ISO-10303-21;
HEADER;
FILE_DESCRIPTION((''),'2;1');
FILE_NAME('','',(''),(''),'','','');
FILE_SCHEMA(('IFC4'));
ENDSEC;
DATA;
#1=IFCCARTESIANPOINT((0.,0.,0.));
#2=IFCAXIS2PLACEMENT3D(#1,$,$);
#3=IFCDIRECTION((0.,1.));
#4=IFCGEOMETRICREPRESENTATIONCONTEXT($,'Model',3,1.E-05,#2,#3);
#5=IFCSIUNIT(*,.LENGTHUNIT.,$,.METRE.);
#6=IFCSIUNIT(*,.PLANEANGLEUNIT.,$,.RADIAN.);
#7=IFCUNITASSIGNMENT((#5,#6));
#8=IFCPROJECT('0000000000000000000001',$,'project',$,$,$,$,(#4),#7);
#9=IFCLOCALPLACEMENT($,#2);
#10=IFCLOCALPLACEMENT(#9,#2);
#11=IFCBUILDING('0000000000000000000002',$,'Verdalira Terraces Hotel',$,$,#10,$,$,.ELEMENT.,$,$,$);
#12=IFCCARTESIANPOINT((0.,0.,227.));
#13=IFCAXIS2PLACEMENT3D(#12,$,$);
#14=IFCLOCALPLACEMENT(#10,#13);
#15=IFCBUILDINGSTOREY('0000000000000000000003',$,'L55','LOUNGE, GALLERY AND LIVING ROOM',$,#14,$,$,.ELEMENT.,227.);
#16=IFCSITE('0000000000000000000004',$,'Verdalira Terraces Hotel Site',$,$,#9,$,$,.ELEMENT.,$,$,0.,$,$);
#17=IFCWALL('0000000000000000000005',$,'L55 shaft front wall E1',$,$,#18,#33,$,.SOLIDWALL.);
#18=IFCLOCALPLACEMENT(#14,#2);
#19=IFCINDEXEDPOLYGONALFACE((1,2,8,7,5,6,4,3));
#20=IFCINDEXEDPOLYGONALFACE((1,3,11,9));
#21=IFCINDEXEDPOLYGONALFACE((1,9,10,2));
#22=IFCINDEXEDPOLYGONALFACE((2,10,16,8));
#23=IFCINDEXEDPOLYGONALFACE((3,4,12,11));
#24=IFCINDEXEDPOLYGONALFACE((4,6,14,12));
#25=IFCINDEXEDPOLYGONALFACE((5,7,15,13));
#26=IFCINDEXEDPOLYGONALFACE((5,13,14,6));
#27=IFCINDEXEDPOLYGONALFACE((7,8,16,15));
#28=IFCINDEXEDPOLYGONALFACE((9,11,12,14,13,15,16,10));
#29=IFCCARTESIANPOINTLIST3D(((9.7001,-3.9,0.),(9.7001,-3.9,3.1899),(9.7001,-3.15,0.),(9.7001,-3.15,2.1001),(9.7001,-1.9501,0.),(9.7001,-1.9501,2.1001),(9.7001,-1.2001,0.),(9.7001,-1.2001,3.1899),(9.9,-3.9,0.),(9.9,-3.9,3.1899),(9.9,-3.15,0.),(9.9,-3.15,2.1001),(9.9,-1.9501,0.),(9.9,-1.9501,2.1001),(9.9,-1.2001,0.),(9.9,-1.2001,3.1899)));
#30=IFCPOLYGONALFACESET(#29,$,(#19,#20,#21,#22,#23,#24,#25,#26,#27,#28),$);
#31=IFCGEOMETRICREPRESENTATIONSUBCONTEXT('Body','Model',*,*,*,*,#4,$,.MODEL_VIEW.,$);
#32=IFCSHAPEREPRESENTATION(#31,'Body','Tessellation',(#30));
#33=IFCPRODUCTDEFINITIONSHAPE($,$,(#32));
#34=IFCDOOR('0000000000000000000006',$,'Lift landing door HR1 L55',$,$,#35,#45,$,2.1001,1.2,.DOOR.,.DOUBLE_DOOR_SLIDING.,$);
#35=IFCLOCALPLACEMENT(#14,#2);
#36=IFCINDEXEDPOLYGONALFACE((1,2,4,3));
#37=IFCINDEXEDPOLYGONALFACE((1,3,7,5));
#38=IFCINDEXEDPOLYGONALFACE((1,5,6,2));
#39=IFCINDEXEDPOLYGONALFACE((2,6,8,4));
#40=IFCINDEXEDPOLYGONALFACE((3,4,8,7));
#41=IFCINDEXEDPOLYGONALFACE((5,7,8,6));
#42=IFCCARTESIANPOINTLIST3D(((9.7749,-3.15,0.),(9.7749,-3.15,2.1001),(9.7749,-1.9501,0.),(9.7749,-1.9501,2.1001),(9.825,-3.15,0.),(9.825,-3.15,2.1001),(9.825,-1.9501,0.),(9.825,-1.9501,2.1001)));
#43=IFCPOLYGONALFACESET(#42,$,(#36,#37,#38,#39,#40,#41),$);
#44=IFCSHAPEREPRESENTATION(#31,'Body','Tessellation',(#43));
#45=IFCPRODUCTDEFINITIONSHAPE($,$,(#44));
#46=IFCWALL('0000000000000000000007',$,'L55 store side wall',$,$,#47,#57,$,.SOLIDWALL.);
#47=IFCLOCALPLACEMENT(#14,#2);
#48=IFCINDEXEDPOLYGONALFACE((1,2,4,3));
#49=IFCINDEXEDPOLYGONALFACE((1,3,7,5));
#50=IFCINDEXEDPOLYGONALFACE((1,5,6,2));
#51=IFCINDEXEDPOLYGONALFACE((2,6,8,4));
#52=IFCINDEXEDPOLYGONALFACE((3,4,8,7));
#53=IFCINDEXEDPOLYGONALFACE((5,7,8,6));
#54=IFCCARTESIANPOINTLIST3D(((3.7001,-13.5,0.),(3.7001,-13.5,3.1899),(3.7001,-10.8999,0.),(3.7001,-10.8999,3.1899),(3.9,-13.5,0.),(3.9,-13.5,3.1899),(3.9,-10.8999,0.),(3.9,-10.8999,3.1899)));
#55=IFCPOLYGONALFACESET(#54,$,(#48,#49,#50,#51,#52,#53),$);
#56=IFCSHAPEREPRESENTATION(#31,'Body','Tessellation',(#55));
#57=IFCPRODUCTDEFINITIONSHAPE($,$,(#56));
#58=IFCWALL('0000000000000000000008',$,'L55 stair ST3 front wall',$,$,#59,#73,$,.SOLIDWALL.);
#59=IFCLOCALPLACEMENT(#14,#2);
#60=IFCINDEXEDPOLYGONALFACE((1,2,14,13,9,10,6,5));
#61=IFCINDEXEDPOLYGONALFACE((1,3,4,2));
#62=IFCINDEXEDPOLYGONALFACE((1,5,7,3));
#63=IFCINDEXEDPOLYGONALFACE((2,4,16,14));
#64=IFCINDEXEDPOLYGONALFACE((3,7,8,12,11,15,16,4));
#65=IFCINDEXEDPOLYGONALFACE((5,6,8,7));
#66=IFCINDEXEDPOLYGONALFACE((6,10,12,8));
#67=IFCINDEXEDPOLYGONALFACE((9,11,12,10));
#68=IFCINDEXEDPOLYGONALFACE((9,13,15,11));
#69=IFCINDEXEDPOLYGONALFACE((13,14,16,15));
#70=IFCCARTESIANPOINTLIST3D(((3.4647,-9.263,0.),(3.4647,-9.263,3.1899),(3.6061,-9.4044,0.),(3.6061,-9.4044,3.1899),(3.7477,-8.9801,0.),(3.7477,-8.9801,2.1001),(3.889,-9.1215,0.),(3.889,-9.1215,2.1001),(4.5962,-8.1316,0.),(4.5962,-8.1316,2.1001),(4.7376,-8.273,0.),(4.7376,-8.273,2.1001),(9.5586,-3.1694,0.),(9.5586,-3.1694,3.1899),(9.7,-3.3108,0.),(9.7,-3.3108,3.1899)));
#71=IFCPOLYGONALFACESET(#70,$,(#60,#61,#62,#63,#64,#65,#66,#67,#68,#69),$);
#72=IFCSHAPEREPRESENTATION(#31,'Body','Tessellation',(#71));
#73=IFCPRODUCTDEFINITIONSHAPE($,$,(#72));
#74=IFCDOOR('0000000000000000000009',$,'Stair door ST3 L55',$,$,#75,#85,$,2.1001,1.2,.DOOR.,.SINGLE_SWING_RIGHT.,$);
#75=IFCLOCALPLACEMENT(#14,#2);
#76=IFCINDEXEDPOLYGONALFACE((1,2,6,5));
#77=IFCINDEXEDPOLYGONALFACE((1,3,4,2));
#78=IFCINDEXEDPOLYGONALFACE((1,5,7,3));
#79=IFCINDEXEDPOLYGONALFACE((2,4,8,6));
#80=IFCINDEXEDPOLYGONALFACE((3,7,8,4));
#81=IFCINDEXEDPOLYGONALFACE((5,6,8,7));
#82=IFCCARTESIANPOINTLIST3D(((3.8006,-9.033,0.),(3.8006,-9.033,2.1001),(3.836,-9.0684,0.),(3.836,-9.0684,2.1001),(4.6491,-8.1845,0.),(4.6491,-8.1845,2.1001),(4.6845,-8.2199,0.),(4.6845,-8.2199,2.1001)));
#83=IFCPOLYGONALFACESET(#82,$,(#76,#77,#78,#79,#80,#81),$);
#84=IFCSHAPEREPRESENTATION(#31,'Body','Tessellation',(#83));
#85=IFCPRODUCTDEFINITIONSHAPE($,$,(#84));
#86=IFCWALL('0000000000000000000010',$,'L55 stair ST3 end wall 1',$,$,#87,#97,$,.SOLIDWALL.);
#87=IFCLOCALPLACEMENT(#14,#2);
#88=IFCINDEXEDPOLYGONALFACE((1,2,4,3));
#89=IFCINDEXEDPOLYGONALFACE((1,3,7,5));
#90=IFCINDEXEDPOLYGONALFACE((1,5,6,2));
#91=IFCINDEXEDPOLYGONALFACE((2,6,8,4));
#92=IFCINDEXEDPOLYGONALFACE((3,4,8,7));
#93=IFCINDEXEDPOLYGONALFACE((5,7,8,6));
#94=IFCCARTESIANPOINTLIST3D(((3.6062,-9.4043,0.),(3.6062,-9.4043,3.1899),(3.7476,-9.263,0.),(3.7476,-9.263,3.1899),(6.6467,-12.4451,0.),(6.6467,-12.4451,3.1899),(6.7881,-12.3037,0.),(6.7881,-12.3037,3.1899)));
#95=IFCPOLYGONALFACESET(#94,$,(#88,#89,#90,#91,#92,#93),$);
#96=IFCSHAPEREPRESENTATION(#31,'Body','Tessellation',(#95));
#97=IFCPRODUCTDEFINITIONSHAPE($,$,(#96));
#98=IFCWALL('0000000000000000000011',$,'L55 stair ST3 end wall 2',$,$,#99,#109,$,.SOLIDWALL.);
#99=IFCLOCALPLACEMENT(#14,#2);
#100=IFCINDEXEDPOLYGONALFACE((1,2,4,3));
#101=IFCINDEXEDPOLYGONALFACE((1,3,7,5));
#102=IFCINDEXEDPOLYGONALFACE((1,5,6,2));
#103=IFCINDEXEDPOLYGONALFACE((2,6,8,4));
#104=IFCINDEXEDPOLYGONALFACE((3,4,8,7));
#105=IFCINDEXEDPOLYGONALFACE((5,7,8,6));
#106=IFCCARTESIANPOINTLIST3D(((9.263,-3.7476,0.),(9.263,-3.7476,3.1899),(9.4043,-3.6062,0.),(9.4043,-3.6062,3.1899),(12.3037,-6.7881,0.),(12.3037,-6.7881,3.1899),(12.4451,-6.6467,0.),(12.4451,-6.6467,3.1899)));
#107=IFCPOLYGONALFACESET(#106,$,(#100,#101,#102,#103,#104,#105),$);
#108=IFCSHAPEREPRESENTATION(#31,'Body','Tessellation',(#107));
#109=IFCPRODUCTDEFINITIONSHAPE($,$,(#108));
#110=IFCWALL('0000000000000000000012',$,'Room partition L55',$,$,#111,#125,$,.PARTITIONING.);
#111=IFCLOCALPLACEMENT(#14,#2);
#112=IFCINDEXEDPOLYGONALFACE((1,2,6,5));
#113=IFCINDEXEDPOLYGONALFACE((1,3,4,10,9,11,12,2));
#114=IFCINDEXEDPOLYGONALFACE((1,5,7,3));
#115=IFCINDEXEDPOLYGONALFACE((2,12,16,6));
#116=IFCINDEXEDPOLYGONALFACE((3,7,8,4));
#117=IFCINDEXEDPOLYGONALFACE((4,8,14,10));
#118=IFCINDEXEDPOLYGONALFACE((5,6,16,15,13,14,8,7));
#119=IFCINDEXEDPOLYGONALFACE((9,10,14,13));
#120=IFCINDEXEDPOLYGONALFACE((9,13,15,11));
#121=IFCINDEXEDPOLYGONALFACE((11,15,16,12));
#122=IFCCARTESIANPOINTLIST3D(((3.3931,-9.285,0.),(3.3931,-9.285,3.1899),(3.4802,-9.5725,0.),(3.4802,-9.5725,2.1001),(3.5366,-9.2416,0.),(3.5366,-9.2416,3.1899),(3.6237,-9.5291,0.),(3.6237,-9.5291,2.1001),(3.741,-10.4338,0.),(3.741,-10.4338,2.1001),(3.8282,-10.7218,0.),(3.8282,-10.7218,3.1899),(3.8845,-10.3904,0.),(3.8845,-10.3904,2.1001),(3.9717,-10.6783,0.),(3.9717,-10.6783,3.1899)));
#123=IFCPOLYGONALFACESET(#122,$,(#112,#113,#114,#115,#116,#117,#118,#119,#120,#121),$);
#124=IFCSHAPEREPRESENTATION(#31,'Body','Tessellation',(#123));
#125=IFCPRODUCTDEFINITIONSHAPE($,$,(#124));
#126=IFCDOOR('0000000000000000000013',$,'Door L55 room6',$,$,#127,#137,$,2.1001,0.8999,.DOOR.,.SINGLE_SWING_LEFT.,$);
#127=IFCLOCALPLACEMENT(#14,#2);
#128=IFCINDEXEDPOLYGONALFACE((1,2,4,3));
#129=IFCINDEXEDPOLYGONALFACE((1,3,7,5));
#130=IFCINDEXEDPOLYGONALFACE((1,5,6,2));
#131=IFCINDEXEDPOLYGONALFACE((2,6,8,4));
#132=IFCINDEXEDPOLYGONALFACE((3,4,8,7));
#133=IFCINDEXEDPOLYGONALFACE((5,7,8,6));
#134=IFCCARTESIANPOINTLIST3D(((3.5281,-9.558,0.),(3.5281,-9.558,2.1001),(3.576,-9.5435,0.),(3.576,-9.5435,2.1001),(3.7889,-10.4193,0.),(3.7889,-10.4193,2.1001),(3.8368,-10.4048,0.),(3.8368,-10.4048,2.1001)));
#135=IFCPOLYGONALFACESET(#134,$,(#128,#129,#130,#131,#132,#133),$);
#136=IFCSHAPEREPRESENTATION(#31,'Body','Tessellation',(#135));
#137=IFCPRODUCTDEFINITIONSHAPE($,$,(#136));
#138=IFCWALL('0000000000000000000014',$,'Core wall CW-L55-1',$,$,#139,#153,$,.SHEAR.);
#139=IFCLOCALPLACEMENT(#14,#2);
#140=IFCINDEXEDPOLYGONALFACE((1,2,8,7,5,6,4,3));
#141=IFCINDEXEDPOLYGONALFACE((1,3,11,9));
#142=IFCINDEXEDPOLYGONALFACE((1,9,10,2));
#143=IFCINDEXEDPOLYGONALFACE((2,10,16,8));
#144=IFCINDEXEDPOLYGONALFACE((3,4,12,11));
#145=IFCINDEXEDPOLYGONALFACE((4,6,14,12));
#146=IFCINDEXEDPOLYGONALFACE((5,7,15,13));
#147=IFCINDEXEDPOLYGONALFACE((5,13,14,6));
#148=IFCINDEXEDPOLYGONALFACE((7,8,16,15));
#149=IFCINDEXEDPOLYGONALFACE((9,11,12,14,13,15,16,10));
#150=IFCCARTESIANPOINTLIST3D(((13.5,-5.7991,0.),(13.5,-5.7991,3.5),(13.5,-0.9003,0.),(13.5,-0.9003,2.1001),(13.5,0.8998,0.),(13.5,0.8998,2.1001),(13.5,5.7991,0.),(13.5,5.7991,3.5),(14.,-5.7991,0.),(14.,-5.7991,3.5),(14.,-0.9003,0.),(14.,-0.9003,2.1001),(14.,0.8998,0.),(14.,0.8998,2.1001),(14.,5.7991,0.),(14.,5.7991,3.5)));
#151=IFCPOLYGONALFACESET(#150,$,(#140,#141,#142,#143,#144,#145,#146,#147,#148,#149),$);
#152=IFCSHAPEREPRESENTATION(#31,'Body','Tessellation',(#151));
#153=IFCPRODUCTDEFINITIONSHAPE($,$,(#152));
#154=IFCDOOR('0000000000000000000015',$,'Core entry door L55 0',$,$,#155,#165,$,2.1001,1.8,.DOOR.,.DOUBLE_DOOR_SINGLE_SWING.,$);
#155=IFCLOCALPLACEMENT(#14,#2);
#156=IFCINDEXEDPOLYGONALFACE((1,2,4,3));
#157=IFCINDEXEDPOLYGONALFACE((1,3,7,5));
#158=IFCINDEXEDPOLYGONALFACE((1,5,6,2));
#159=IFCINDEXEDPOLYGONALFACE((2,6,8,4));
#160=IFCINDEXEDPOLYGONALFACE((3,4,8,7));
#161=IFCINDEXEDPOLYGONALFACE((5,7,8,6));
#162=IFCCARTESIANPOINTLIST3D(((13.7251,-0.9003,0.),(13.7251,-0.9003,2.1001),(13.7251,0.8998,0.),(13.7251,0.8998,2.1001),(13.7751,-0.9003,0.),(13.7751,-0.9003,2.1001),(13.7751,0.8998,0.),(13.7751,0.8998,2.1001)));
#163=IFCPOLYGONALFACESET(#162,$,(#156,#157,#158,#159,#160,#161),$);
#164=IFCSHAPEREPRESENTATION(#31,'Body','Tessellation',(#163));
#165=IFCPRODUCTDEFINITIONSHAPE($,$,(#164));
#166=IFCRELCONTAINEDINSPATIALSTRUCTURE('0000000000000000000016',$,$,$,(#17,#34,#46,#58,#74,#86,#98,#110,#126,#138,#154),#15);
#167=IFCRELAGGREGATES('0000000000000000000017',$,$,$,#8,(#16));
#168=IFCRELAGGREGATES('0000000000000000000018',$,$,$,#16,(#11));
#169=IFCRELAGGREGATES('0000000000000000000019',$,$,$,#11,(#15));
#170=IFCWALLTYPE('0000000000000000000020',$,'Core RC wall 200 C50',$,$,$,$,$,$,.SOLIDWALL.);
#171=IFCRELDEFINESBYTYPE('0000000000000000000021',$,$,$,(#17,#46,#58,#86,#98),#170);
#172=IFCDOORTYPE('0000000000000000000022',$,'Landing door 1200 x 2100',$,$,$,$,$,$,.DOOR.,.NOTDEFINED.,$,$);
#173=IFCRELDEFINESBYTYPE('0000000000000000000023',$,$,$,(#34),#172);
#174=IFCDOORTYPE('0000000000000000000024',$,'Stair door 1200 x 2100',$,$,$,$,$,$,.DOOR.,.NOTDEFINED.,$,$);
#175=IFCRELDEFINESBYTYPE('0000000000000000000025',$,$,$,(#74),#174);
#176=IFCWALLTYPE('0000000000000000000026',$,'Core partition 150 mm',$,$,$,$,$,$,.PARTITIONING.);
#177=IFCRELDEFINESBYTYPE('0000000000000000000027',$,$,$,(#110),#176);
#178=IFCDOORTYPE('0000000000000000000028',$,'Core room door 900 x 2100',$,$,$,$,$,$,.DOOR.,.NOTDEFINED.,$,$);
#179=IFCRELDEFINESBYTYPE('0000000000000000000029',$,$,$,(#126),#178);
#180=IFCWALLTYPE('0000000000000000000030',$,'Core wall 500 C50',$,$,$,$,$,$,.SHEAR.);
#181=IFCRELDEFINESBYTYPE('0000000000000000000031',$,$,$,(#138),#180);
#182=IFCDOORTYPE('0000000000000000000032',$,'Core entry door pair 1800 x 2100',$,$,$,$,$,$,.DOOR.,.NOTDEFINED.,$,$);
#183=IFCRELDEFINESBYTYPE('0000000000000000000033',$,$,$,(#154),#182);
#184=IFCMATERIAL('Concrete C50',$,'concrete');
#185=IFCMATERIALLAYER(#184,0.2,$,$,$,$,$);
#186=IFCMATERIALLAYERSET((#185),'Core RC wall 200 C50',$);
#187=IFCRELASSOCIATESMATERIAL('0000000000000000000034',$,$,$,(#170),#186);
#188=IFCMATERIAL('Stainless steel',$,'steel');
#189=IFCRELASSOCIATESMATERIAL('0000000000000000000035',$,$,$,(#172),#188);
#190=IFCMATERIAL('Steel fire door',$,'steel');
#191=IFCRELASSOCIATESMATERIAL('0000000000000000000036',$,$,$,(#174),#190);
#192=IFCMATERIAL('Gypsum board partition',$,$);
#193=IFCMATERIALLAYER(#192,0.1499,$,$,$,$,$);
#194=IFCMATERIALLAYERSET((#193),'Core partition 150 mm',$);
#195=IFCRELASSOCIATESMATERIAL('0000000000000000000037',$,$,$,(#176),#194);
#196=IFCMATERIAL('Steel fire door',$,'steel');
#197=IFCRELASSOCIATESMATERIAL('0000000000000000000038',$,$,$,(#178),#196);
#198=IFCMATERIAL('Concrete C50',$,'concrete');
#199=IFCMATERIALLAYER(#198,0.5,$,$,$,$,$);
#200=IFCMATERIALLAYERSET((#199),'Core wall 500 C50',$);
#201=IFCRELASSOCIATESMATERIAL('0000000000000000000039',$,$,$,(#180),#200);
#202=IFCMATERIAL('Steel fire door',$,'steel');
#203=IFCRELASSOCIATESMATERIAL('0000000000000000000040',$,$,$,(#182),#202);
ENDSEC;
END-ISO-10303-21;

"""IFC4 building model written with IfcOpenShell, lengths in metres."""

from ifc_helpers import new_model, si_unit, direction, frame, frame_2d, origin, place, context, subcontext, project, spatial, rectangle, extrude, material, layer, layer_set, type_object, element, fill, save


model = new_model("IFC4")

# Units and contexts
model_context = context("Model", 3, precision=1e-05, world=origin(), true_north=direction((0.0, 1.0)))
body_context = subcontext(model_context, "Body", "Model", "MODEL_VIEW")
ifc_project = project(units=[si_unit("LENGTHUNIT", "METRE"), si_unit("PLANEANGLEUNIT", "RADIAN")], contexts=[model_context])

# Site, building, storey
site_placement = place(None, origin())
site = spatial("IfcSite", under=ifc_project, at=site_placement, Name="Verdalira Terraces Hotel Site", CompositionType="ELEMENT", RefElevation=0.0)
building_placement = place(site_placement, origin())
building = spatial("IfcBuilding", under=site, at=building_placement, Name="Verdalira Terraces Hotel", CompositionType="ELEMENT")
storey_placement = place(building_placement, frame((0.0, 0.0, 227.0)))
storey = spatial("IfcBuildingStorey", under=building, at=storey_placement, Name="L55", Description="LOUNGE, GALLERY AND LIVING ROOM", CompositionType="ELEMENT", Elevation=227.0)

# Wall, opening, door
ifc_material_1 = material(Name="Concrete C50", Category="concrete")
ifc_layer_1 = layer(ifc_material_1, 0.2)
ifc_layer_set_1 = layer_set([ifc_layer_1], Name="Core RC wall 200 C50")
wall_type_1 = type_object("IfcWallType", Name="Core RC wall 200 C50", PredefinedType="SOLIDWALL", material=ifc_layer_set_1)
wall_1_placement = place(storey_placement, frame((9.8, -1.2, 0.0), z_axis=(0.0, 0.0, 1.0), x_axis=(0.0, -1.0, 0.0)))
wall_1 = element("IfcWall", 1, at=wall_1_placement, inside=storey, type_object=wall_type_1, Name="L55 shaft front wall E1", PredefinedType="SOLIDWALL", context=body_context, shape_type="SweptSolid", body=[
    extrude(rectangle(XDim=2.7, YDim=0.2, at=frame_2d((1.3501, 0.0))), origin(), (0.0, 0.0, 1.0), 3.1899),
])
opening_1_placement = place(wall_1_placement, frame((0.75, 0.0, 0.0)))
opening_1 = element("IfcOpeningElement", 2, at=opening_1_placement, cuts=wall_1, PredefinedType="OPENING", context=body_context, shape_type="SweptSolid", body=[
    extrude(rectangle(XDim=1.2, YDim=2.1001, at=frame_2d((0.6001, 1.05))), frame((0.0, 0.1099, 0.0), z_axis=(0.0, -1.0, 0.0), x_axis=(1.0, 0.0, 0.0)), (0.0, 0.0, 1.0), 0.22),
])
ifc_material_2 = material(Name="Stainless steel", Category="steel")
door_type_1 = type_object("IfcDoorType", Name="Landing door 1200 x 2100", OperationType="NOTDEFINED", PredefinedType="DOOR", material=ifc_material_2)
door_1_placement = place(opening_1_placement, origin())
door_1 = element("IfcDoor", 3, at=door_1_placement, inside=storey, type_object=door_type_1, Name="Lift landing door HR1 L55", OperationType="DOUBLE_DOOR_SLIDING", OverallHeight=2.1001, OverallWidth=1.2, PredefinedType="DOOR", context=body_context, shape_type="SweptSolid", body=[
    extrude(rectangle(XDim=1.2, YDim=2.1001, at=frame_2d((0.6001, 1.05))), frame((0.0, 0.0249, 0.0), z_axis=(0.0, -1.0, 0.0), x_axis=(1.0, 0.0, 0.0)), (0.0, 0.0, 1.0), 0.05),
])
fill(opening_1, door_1)

# Wall
wall_2_placement = place(storey_placement, frame((3.8, -10.8999, 0.0), z_axis=(0.0, 0.0, 1.0), x_axis=(0.0, -1.0, 0.0)))
element("IfcWall", 4, at=wall_2_placement, inside=storey, type_object=wall_type_1, Name="L55 store side wall", PredefinedType="SOLIDWALL", context=body_context, shape_type="SweptSolid", body=[
    extrude(rectangle(XDim=2.6001, YDim=0.2, at=frame_2d((1.3, 0.0))), origin(), (0.0, 0.0, 1.0), 3.1899),
])

# Wall, opening, door
wall_3_placement = place(storey_placement, frame((9.6294, -3.24, 0.0), z_axis=(0.0, 0.0, 1.0), x_axis=(-0.707121, -0.707093, 0.0)))
wall_3 = element("IfcWall", 5, at=wall_3_placement, inside=storey, type_object=wall_type_1, Name="L55 stair ST3 front wall", PredefinedType="SOLIDWALL", context=body_context, shape_type="SweptSolid", body=[
    extrude(rectangle(XDim=8.6179, YDim=0.2, at=frame_2d((4.3091, 0.0))), origin(), (0.0, 0.0, 1.0), 3.1899),
])
opening_2_placement = place(wall_3_placement, frame((7.0178, 0.0, 0.0)))
opening_2 = element("IfcOpeningElement", 6, at=opening_2_placement, cuts=wall_3, PredefinedType="OPENING", context=body_context, shape_type="SweptSolid", body=[
    extrude(rectangle(XDim=1.2, YDim=2.1001, at=frame_2d((0.6001, 1.05))), frame((0.0, 0.1099, 0.0), z_axis=(0.0, -1.0, 0.0), x_axis=(1.0, 0.0, 0.0)), (0.0, 0.0, 1.0), 0.22),
])
ifc_material_3 = material(Name="Steel fire door", Category="steel")
door_type_2 = type_object("IfcDoorType", Name="Stair door 1200 x 2100", OperationType="NOTDEFINED", PredefinedType="DOOR", material=ifc_material_3)
door_2_placement = place(opening_2_placement, origin())
door_2 = element("IfcDoor", 7, at=door_2_placement, inside=storey, type_object=door_type_2, Name="Stair door ST3 L55", OperationType="SINGLE_SWING_RIGHT", OverallHeight=2.1001, OverallWidth=1.2, PredefinedType="DOOR", context=body_context, shape_type="SweptSolid", body=[
    extrude(rectangle(XDim=1.2, YDim=2.1001, at=frame_2d((0.6001, 1.05))), frame((0.0, 0.0249, 0.0), z_axis=(0.0, -1.0, 0.0), x_axis=(1.0, 0.0, 0.0)), (0.0, 0.0, 1.0), 0.05),
])
fill(opening_2, door_2)

# Walls
for number, where, z_axis, x_axis, name in (
    (8, (3.677, -9.3337, 0.0), (0.0, 0.0, 1.0), (0.707078, -0.707135, 0.0), "L55 stair ST3 end wall 1"),
    (9, (9.3337, -3.677, 0.0), (0.0, 0.0, 1.0), (0.707135, -0.707078, 0.0), "L55 stair ST3 end wall 2"),
):
    element("IfcWall", number, at=place(storey_placement, frame(where, z_axis=z_axis, x_axis=x_axis)), inside=storey, type_object=wall_type_1, Name=name, PredefinedType="SOLIDWALL", context=body_context, shape_type="SweptSolid", body=[
        extrude(rectangle(XDim=4.3, YDim=0.2, at=frame_2d((2.1499, 0.0))), origin(), (0.0, 0.0, 1.0), 3.1899),
    ])

# Walls, openings, doors
ifc_material_4 = material(Name="Gypsum board partition")
ifc_layer_2 = layer(ifc_material_4, 0.1499)
ifc_layer_set_2 = layer_set([ifc_layer_2], Name="Core partition 150 mm")
wall_type_2 = type_object("IfcWallType", Name="Core partition 150 mm", PredefinedType="PARTITIONING", material=ifc_layer_set_2)
wall_4_placement = place(storey_placement, frame((3.8999, -10.7, 0.0), z_axis=(0.0, 0.0, 1.0), x_axis=(-0.289809, 0.957085, 0.0)))
wall_4 = element("IfcWall", 10, at=wall_4_placement, inside=storey, type_object=wall_type_2, Name="Room partition L55", PredefinedType="PARTITIONING", context=body_context, shape_type="SweptSolid", body=[
    extrude(rectangle(XDim=1.5012, YDim=0.1499, at=frame_2d((0.7505, 0.0))), origin(), (0.0, 0.0, 1.0), 3.1899),
])
opening_3_placement = place(wall_4_placement, frame((0.3008, 0.0, 0.0)))
opening_3 = element("IfcOpeningElement", 11, at=opening_3_placement, cuts=wall_4, PredefinedType="OPENING", context=body_context, shape_type="SweptSolid", body=[
    extrude(rectangle(XDim=0.8999, YDim=2.1001, at=frame_2d((0.45, 1.05))), frame((0.0, 0.085, 0.0), z_axis=(0.0, -1.0, 0.0), x_axis=(1.0, 0.0, 0.0)), (0.0, 0.0, 1.0), 0.1699),
])
ifc_material_5 = material(Name="Steel fire door", Category="steel")
door_type_3 = type_object("IfcDoorType", Name="Core room door 900 x 2100", OperationType="NOTDEFINED", PredefinedType="DOOR", material=ifc_material_5)
door_3_placement = place(opening_3_placement, origin())
door_3 = element("IfcDoor", 12, at=door_3_placement, inside=storey, type_object=door_type_3, Name="Door L55 room6", OperationType="SINGLE_SWING_LEFT", OverallHeight=2.1001, OverallWidth=0.8999, PredefinedType="DOOR", context=body_context, shape_type="SweptSolid", body=[
    extrude(rectangle(XDim=0.8999, YDim=2.1001, at=frame_2d((0.45, 1.05))), frame((0.0, 0.0249, 0.0), z_axis=(0.0, -1.0, 0.0), x_axis=(1.0, 0.0, 0.0)), (0.0, 0.0, 1.0), 0.05),
])
fill(opening_3, door_3)
ifc_material_6 = material(Name="Concrete C50", Category="concrete")
ifc_layer_3 = layer(ifc_material_6, 0.5)
ifc_layer_set_3 = layer_set([ifc_layer_3], Name="Core wall 500 C50")
wall_type_3 = type_object("IfcWallType", Name="Core wall 500 C50", PredefinedType="SHEAR", material=ifc_layer_set_3)
wall_5_placement = place(storey_placement, frame((13.75, -5.7991, 0.0), z_axis=(0.0, 0.0, 1.0), x_axis=(0.0, 1.0, 0.0)))
wall_5 = element("IfcWall", 13, at=wall_5_placement, inside=storey, type_object=wall_type_3, Name="Core wall CW-L55-1", PredefinedType="SHEAR", context=body_context, shape_type="SweptSolid", body=[
    extrude(rectangle(XDim=11.5981, YDim=0.5, at=frame_2d((5.7991, 0.0))), origin(), (0.0, 0.0, 1.0), 3.5),
])
opening_4_placement = place(wall_5_placement, frame((4.8989, 0.0, 0.0)))
opening_4 = element("IfcOpeningElement", 14, at=opening_4_placement, cuts=wall_5, PredefinedType="OPENING", context=body_context, shape_type="SweptSolid", body=[
    extrude(rectangle(XDim=1.8, YDim=2.1001, at=frame_2d((0.8999, 1.05))), frame((0.0, 0.26, 0.0), z_axis=(0.0, -1.0, 0.0), x_axis=(1.0, 0.0, 0.0)), (0.0, 0.0, 1.0), 0.52),
])
ifc_material_7 = material(Name="Steel fire door", Category="steel")
door_type_4 = type_object("IfcDoorType", Name="Core entry door pair 1800 x 2100", OperationType="NOTDEFINED", PredefinedType="DOOR", material=ifc_material_7)
door_4_placement = place(opening_4_placement, origin())
door_4 = element("IfcDoor", 15, at=door_4_placement, inside=storey, type_object=door_type_4, Name="Core entry door L55 0", OperationType="DOUBLE_DOOR_SINGLE_SWING", OverallHeight=2.1001, OverallWidth=1.8, PredefinedType="DOOR", context=body_context, shape_type="SweptSolid", body=[
    extrude(rectangle(XDim=1.8, YDim=2.1001, at=frame_2d((0.8999, 1.05))), frame((0.0, 0.0249, 0.0), z_axis=(0.0, -1.0, 0.0), x_axis=(1.0, 0.0, 0.0)), (0.0, 0.0, 1.0), 0.05),
])
fill(opening_4, door_4)

save(model, "model.ifc")
